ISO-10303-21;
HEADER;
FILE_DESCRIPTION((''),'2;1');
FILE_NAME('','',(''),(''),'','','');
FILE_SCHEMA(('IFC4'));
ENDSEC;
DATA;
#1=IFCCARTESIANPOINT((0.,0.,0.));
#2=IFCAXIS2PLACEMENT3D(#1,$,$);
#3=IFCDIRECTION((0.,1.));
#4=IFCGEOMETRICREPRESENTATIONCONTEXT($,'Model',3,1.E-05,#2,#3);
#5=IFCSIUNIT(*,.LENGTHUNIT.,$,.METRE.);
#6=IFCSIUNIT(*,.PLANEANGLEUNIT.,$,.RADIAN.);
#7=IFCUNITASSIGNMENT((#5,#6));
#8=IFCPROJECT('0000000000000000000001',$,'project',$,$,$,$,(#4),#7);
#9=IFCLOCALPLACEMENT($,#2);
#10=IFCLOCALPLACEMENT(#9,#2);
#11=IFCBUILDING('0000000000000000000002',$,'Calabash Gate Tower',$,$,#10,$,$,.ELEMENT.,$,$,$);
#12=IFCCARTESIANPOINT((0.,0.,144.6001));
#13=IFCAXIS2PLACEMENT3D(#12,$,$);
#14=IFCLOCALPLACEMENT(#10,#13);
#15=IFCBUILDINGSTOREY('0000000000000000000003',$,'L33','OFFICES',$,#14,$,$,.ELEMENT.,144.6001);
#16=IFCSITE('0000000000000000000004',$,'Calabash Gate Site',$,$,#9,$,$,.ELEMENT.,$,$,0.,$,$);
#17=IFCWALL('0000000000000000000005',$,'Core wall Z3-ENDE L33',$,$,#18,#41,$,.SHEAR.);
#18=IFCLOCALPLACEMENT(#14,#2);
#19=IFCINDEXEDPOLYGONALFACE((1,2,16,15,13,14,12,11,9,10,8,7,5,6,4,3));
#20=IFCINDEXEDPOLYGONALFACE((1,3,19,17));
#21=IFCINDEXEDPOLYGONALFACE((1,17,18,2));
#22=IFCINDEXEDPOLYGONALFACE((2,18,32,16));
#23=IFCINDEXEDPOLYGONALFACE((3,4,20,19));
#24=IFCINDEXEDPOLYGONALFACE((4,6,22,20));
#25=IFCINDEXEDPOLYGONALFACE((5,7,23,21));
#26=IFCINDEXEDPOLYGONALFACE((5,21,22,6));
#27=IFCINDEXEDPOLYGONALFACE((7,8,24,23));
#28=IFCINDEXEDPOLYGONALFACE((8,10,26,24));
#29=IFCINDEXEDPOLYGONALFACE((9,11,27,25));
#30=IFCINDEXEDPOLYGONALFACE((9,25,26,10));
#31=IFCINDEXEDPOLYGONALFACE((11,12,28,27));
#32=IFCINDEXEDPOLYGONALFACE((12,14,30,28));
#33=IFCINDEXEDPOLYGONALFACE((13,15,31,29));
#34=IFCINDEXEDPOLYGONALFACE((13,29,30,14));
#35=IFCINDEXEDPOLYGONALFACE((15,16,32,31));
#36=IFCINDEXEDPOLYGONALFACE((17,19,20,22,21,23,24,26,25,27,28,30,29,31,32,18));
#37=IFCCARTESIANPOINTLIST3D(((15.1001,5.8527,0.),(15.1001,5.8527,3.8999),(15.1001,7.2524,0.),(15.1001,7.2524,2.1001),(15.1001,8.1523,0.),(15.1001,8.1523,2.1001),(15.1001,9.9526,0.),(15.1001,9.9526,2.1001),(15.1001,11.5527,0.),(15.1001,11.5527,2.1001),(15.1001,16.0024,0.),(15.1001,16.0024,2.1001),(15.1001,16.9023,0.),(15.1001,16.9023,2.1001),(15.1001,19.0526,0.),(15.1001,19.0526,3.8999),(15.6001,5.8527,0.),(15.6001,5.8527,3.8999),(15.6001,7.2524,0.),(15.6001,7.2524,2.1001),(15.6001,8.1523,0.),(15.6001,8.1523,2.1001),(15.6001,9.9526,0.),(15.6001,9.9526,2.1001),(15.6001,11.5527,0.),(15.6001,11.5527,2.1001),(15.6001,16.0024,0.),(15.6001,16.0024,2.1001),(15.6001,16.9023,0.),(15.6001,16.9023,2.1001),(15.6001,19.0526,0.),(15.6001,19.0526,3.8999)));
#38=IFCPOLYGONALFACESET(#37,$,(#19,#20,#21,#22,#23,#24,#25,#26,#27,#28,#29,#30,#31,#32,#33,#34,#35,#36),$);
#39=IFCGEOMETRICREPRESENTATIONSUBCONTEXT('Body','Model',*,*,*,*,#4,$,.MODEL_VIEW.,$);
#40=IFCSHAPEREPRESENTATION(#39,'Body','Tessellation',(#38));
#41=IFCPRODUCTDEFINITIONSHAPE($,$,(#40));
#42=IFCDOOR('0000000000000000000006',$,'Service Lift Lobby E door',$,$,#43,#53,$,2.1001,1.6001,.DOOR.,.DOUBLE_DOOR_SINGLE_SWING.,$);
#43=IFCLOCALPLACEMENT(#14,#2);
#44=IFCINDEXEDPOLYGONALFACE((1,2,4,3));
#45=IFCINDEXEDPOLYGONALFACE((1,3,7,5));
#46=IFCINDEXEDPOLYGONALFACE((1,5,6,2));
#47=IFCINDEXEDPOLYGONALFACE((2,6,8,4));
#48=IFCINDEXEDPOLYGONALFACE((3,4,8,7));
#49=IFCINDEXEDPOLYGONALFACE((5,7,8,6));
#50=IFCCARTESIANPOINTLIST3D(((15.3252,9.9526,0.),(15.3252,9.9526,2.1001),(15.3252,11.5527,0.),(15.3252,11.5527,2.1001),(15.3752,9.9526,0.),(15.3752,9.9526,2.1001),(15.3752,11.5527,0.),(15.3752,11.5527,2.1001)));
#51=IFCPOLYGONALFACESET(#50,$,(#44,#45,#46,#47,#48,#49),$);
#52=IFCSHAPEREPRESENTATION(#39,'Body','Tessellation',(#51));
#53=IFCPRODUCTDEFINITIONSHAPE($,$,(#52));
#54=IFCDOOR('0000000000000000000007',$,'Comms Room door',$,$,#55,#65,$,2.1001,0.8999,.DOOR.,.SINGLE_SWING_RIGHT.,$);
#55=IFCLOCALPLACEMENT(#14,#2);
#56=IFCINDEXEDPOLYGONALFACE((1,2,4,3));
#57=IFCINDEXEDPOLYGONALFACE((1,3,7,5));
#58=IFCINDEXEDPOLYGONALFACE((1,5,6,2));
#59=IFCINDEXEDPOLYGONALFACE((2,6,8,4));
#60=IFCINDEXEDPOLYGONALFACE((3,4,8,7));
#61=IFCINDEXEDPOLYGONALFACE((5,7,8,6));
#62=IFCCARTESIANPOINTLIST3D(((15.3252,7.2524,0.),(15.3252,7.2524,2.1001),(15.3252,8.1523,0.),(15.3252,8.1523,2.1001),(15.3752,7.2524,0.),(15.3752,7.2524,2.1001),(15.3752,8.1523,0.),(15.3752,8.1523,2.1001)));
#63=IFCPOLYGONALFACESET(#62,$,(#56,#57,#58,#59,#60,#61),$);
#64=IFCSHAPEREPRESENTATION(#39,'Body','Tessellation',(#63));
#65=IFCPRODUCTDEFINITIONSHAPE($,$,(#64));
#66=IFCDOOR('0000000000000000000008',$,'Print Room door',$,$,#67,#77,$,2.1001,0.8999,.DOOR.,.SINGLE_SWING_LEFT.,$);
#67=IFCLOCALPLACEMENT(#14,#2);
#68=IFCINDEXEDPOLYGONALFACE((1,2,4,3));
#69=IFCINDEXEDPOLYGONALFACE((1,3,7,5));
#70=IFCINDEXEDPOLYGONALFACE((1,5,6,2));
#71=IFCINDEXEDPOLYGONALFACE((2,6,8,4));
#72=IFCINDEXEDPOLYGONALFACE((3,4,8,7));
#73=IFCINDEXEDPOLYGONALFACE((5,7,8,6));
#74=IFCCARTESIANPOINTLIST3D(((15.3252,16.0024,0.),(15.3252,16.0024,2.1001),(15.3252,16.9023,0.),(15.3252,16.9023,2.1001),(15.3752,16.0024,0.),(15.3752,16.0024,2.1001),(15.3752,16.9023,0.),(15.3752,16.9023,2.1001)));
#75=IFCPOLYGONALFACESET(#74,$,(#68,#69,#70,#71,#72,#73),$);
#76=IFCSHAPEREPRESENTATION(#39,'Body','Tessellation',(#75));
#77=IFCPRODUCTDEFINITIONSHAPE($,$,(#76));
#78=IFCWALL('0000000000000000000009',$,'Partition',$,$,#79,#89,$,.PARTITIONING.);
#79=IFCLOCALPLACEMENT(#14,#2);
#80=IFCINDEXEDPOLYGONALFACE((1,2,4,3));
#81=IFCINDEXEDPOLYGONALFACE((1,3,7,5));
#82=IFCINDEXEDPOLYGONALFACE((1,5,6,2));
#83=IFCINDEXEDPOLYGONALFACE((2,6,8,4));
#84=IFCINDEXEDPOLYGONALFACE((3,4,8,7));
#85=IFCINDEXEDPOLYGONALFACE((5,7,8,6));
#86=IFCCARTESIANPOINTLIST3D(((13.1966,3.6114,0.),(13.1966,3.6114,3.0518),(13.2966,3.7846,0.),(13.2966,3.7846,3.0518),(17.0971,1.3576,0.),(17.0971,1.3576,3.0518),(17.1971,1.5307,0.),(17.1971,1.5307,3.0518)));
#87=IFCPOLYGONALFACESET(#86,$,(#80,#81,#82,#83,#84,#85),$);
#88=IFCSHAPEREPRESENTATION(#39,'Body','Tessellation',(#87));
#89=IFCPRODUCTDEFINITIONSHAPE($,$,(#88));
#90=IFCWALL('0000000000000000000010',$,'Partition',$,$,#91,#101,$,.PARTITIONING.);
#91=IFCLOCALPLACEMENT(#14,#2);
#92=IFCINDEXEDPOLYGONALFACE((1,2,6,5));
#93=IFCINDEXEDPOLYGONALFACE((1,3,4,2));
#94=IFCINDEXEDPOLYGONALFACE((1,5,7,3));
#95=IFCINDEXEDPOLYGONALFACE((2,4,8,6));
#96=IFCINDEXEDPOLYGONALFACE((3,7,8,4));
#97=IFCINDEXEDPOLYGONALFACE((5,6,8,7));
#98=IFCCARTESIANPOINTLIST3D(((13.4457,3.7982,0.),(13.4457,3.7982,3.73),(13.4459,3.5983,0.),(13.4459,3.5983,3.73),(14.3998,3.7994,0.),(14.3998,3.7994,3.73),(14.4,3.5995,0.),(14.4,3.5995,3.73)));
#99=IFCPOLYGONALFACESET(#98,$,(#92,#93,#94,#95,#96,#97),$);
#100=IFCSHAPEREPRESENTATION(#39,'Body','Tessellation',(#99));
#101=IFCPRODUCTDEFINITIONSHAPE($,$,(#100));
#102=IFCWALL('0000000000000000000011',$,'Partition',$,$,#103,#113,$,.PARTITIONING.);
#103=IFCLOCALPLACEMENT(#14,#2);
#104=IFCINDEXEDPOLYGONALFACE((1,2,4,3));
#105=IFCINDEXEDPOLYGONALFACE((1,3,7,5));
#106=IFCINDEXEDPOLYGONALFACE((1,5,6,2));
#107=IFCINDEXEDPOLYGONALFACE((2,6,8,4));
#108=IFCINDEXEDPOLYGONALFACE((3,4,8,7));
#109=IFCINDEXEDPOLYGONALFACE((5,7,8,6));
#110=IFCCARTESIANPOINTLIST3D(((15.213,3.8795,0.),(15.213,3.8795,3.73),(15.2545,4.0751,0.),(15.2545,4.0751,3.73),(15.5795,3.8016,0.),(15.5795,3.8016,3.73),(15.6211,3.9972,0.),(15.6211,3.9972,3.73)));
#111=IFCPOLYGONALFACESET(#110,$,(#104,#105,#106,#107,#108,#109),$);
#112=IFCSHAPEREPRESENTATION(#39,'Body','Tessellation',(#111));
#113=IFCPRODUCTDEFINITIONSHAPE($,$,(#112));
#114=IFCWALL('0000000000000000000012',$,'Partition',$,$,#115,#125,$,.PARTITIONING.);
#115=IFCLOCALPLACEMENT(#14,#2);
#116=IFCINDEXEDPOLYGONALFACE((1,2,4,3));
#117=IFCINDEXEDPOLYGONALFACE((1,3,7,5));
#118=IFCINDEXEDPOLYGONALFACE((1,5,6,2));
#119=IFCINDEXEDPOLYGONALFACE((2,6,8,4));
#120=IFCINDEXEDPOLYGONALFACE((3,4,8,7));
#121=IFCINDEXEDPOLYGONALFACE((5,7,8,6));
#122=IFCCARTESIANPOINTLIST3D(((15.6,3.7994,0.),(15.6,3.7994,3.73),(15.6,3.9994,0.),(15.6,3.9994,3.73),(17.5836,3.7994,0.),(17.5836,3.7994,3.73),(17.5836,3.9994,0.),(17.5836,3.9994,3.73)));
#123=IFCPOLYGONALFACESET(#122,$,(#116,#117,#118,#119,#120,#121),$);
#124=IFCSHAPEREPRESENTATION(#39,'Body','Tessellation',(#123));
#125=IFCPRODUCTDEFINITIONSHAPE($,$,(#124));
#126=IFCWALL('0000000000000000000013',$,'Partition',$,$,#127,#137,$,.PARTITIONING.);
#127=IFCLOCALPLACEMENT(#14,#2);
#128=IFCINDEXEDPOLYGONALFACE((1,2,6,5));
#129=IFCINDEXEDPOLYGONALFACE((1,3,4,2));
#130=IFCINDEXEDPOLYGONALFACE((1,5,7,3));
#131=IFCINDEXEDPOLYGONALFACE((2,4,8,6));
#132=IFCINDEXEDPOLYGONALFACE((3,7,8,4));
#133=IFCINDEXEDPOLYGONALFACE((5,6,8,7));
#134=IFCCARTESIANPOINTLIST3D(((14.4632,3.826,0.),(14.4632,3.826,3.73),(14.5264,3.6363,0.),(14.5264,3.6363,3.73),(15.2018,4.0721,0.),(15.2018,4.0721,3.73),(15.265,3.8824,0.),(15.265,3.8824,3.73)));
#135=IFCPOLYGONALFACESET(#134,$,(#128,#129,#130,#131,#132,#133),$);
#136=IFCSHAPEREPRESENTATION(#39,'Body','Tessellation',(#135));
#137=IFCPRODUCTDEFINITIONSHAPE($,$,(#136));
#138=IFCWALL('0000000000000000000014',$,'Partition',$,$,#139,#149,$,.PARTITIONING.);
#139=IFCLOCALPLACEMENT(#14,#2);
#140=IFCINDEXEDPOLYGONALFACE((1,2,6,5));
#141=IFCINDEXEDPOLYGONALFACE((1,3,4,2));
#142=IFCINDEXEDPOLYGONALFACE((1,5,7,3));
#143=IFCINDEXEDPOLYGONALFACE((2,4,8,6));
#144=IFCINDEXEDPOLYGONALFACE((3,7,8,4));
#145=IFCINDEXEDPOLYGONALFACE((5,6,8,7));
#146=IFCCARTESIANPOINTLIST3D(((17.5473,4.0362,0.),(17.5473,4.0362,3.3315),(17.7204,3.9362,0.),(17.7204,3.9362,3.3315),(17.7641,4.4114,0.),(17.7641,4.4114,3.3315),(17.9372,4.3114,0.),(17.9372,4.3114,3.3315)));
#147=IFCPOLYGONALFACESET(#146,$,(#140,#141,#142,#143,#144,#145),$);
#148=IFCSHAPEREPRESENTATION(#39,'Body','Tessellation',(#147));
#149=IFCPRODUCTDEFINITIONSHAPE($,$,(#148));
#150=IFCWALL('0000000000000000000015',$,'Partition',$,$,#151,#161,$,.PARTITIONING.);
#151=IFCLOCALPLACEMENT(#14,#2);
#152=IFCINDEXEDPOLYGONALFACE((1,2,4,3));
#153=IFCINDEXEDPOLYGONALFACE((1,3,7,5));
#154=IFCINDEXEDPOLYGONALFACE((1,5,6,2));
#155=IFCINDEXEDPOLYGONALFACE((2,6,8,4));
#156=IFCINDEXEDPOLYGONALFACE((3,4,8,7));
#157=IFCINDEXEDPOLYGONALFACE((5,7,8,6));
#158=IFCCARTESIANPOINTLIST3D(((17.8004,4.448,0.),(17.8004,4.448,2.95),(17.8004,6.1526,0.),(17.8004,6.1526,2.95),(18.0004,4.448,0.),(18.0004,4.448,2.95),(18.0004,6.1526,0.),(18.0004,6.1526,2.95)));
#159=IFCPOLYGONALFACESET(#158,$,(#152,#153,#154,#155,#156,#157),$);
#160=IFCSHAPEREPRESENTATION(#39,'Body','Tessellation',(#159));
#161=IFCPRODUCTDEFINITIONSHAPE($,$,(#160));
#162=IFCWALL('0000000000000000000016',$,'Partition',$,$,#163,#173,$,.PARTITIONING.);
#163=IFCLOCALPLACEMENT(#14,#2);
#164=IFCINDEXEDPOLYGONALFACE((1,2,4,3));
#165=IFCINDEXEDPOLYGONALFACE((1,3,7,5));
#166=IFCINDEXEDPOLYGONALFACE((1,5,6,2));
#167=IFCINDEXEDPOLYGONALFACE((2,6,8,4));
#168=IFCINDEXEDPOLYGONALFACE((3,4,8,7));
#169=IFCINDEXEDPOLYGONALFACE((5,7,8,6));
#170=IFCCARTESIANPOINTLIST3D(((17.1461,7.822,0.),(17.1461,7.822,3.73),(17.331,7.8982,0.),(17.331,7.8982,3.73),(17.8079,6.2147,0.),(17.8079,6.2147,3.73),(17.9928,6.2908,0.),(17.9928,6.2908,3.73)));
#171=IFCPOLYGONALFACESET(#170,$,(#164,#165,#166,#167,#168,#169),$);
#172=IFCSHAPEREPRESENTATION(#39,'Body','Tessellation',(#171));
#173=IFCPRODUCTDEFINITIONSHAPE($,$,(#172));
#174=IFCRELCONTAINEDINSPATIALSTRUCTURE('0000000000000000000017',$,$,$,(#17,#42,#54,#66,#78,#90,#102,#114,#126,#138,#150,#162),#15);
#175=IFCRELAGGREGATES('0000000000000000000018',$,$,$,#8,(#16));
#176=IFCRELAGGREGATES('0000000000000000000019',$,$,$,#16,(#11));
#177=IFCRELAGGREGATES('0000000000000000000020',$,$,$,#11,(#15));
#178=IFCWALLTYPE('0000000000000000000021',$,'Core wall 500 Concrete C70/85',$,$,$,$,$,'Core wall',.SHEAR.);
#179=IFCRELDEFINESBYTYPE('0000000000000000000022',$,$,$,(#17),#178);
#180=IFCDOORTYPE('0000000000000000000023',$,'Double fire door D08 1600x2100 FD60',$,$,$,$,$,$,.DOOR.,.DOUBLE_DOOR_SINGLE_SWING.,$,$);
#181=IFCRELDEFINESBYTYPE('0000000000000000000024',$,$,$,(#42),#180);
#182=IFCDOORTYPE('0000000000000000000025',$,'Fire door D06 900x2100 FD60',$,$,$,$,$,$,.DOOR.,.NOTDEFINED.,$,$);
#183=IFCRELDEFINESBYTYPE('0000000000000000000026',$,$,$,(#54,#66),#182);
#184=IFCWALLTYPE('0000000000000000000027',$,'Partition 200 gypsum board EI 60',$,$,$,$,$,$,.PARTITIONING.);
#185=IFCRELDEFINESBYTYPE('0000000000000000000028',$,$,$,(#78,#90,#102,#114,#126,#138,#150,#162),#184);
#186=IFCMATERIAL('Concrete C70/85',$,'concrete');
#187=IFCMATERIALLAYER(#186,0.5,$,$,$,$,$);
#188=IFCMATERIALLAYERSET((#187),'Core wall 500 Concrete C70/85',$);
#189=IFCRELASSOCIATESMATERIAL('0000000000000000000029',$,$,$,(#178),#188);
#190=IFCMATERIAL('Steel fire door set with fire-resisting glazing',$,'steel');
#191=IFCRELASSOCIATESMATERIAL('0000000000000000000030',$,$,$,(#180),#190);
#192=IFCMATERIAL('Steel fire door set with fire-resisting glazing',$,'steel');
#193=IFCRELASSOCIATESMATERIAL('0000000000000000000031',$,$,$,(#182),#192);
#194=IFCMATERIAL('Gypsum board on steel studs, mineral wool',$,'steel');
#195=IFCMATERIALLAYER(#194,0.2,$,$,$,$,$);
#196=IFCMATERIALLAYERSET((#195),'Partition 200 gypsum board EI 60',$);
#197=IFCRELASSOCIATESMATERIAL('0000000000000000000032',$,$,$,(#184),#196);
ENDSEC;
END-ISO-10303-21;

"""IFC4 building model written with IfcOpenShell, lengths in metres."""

from ifc_helpers import new_model, si_unit, direction, frame, frame_2d, origin, place, context, subcontext, project, spatial, rectangle, extrude, material, layer, layer_set, type_object, element, fill, save


model = new_model("IFC4")

# Units and contexts
model_context = context("Model", 3, precision=1e-05, world=origin(), true_north=direction((0.0, 1.0)))
body_context = subcontext(model_context, "Body", "Model", "MODEL_VIEW")
ifc_project = project(units=[si_unit("LENGTHUNIT", "METRE"), si_unit("PLANEANGLEUNIT", "RADIAN")], contexts=[model_context])

# Site, building, storey
site_placement = place(None, origin())
site = spatial("IfcSite", under=ifc_project, at=site_placement, Name="Calabash Gate Site", CompositionType="ELEMENT", RefElevation=0.0)
building_placement = place(site_placement, origin())
building = spatial("IfcBuilding", under=site, at=building_placement, Name="Calabash Gate Tower", CompositionType="ELEMENT")
storey_placement = place(building_placement, frame((0.0, 0.0, 144.6001)))
storey = spatial("IfcBuildingStorey", under=building, at=storey_placement, Name="L33", Description="OFFICES", CompositionType="ELEMENT", Elevation=144.6001)

# Wall, openings, doors
ifc_material_1 = material(Name="Concrete C70/85", Category="concrete")
ifc_layer_1 = layer(ifc_material_1, 0.5)
ifc_layer_set_1 = layer_set([ifc_layer_1], Name="Core wall 500 Concrete C70/85")
wall_type_1 = type_object("IfcWallType", Name="Core wall 500 Concrete C70/85", ElementType="Core wall", PredefinedType="SHEAR", material=ifc_layer_set_1)
wall_1_placement = place(storey_placement, frame((15.3501, 5.8525, 0.0), z_axis=(0.0, 0.0, 1.0), x_axis=(0.0, 1.0, 0.0)))
wall_1 = element("IfcWall", 1, at=wall_1_placement, inside=storey, type_object=wall_type_1, Name="Core wall Z3-ENDE L33", PredefinedType="SHEAR", context=body_context, shape_type="SweptSolid", body=[
    extrude(rectangle(XDim=13.2, YDim=0.5, at=frame_2d((6.6001, 0.0))), origin(), (0.0, 0.0, 1.0), 3.8999),
])
opening_1_placement = place(wall_1_placement, frame((4.1001, 0.0, 0.0)))
opening_1 = element("IfcOpeningElement", 2, at=opening_1_placement, cuts=wall_1, PredefinedType="OPENING", context=body_context, shape_type="SweptSolid", body=[
    extrude(rectangle(XDim=1.6001, YDim=2.1001, at=frame_2d((0.8, 1.05))), frame((0.0, 0.26, 0.0), z_axis=(0.0, -1.0, 0.0), x_axis=(1.0, 0.0, 0.0)), (0.0, 0.0, 1.0), 0.52),
])
opening_2_placement = place(wall_1_placement, frame((1.3999, 0.0, 0.0)))
opening_2 = element("IfcOpeningElement", 3, at=opening_2_placement, cuts=wall_1, PredefinedType="OPENING", context=body_context, shape_type="SweptSolid", body=[
    extrude(rectangle(XDim=0.8999, YDim=2.1001, at=frame_2d((0.45, 1.05))), frame((0.0, 0.26, 0.0), z_axis=(0.0, -1.0, 0.0), x_axis=(1.0, 0.0, 0.0)), (0.0, 0.0, 1.0), 0.52),
])
opening_3_placement = place(wall_1_placement, frame((10.1499, 0.0, 0.0)))
opening_3 = element("IfcOpeningElement", 4, at=opening_3_placement, cuts=wall_1, PredefinedType="OPENING", context=body_context, shape_type="SweptSolid", body=[
    extrude(rectangle(XDim=0.8999, YDim=2.1001, at=frame_2d((0.45, 1.05))), frame((0.0, 0.26, 0.0), z_axis=(0.0, -1.0, 0.0), x_axis=(1.0, 0.0, 0.0)), (0.0, 0.0, 1.0), 0.52),
])
ifc_material_2 = material(Name="Steel fire door set with fire-resisting glazing", Category="steel")
door_type_1 = type_object("IfcDoorType", Name="Double fire door D08 1600x2100 FD60", OperationType="DOUBLE_DOOR_SINGLE_SWING", PredefinedType="DOOR", material=ifc_material_2)
door_1_placement = place(opening_1_placement, origin())
door_1 = element("IfcDoor", 5, at=door_1_placement, inside=storey, type_object=door_type_1, Name="Service Lift Lobby E door", OperationType="DOUBLE_DOOR_SINGLE_SWING", OverallHeight=2.1001, OverallWidth=1.6001, PredefinedType="DOOR", context=body_context, shape_type="SweptSolid", body=[
    extrude(rectangle(XDim=1.6001, YDim=2.1001, at=frame_2d((0.8, 1.05))), frame((0.0, 0.0249, 0.0), z_axis=(0.0, -1.0, 0.0), x_axis=(1.0, 0.0, 0.0)), (0.0, 0.0, 1.0), 0.05),
])
fill(opening_1, door_1)
ifc_material_3 = material(Name="Steel fire door set with fire-resisting glazing", Category="steel")
door_type_2 = type_object("IfcDoorType", Name="Fire door D06 900x2100 FD60", OperationType="NOTDEFINED", PredefinedType="DOOR", material=ifc_material_3)
door_2_placement = place(opening_2_placement, origin())
door_2 = element("IfcDoor", 6, at=door_2_placement, inside=storey, type_object=door_type_2, Name="Comms Room door", OperationType="SINGLE_SWING_RIGHT", OverallHeight=2.1001, OverallWidth=0.8999, PredefinedType="DOOR", context=body_context, shape_type="SweptSolid", body=[
    extrude(rectangle(XDim=0.8999, YDim=2.1001, at=frame_2d((0.45, 1.05))), frame((0.0, 0.0249, 0.0), z_axis=(0.0, -1.0, 0.0), x_axis=(1.0, 0.0, 0.0)), (0.0, 0.0, 1.0), 0.05),
])
fill(opening_2, door_2)
door_3_placement = place(opening_3_placement, origin())
door_3 = element("IfcDoor", 7, at=door_3_placement, inside=storey, type_object=door_type_2, Name="Print Room door", OperationType="SINGLE_SWING_LEFT", OverallHeight=2.1001, OverallWidth=0.8999, PredefinedType="DOOR", context=body_context, shape_type="SweptSolid", body=[
    extrude(rectangle(XDim=0.8999, YDim=2.1001, at=frame_2d((0.45, 1.05))), frame((0.0, 0.0249, 0.0), z_axis=(0.0, -1.0, 0.0), x_axis=(1.0, 0.0, 0.0)), (0.0, 0.0, 1.0), 0.05),
])
fill(opening_3, door_3)

# Walls
ifc_material_4 = material(Name="Gypsum board on steel studs, mineral wool", Category="steel")
ifc_layer_2 = layer(ifc_material_4, 0.2)
ifc_layer_set_2 = layer_set([ifc_layer_2], Name="Partition 200 gypsum board EI 60")
wall_type_2 = type_object("IfcWallType", Name="Partition 200 gypsum board EI 60", PredefinedType="PARTITIONING", material=ifc_layer_set_2)
wall_2_placement = place(storey_placement, frame((13.2466, 3.698, 0.0), z_axis=(0.0, 0.0, 1.0), x_axis=(0.865845, -0.500312, 0.0)))
element("IfcWall", 8, at=wall_2_placement, inside=storey, type_object=wall_type_2, Name="Partition", PredefinedType="PARTITIONING", context=body_context, shape_type="SweptSolid", body=[
    extrude(rectangle(XDim=4.5049, YDim=0.2, at=frame_2d((2.2524, 0.0))), origin(), (0.0, 0.0, 1.0), 3.0518),
])
wall_3_placement = place(storey_placement, frame((13.4458, 3.6982, 0.0), z_axis=(0.0, 0.0, 1.0), x_axis=(0.999999, 0.001279, 0.0)))
element("IfcWall", 9, at=wall_3_placement, inside=storey, type_object=wall_type_2, Name="Partition", PredefinedType="PARTITIONING", context=body_context, shape_type="SweptSolid", body=[
    extrude(rectangle(XDim=0.9541, YDim=0.2, at=frame_2d((0.4771, 0.0))), origin(), (0.0, 0.0, 1.0), 3.73),
])
wall_4_placement = place(storey_placement, frame((15.2336, 3.9773, 0.0), z_axis=(0.0, 0.0, 1.0), x_axis=(0.978154, -0.207882, 0.0)))
element("IfcWall", 10, at=wall_4_placement, inside=storey, type_object=wall_type_2, Name="Partition", PredefinedType="PARTITIONING", context=body_context, shape_type="SweptSolid", body=[
    extrude(rectangle(XDim=0.3748, YDim=0.2, at=frame_2d((0.1875, 0.0))), origin(), (0.0, 0.0, 1.0), 3.73),
])
wall_5_placement = place(storey_placement, frame((15.6001, 3.8994, 0.0), z_axis=(0.0, 0.0, 1.0), x_axis=(1.0, 0.0, 0.0)))
element("IfcWall", 11, at=wall_5_placement, inside=storey, type_object=wall_type_2, Name="Partition", PredefinedType="PARTITIONING", context=body_context, shape_type="SweptSolid", body=[
    extrude(rectangle(XDim=1.9836, YDim=0.2, at=frame_2d((0.9917, 0.0))), origin(), (0.0, 0.0, 1.0), 3.73),
])
wall_6_placement = place(storey_placement, frame((14.4949, 3.7312, 0.0), z_axis=(0.0, 0.0, 1.0), x_axis=(0.948746, 0.31604, 0.0)))
element("IfcWall", 12, at=wall_6_placement, inside=storey, type_object=wall_type_2, Name="Partition", PredefinedType="PARTITIONING", context=body_context, shape_type="SweptSolid", body=[
    extrude(rectangle(XDim=0.7786, YDim=0.2, at=frame_2d((0.3892, 0.0))), origin(), (0.0, 0.0, 1.0), 3.73),
])
wall_7_placement = place(storey_placement, frame((17.6338, 3.9861, 0.0), z_axis=(0.0, 0.0, 1.0), x_axis=(0.500259, 0.865876, 0.0)))
element("IfcWall", 13, at=wall_7_placement, inside=storey, type_object=wall_type_2, Name="Partition", PredefinedType="PARTITIONING", context=body_context, shape_type="SweptSolid", body=[
    extrude(rectangle(XDim=0.4333, YDim=0.2, at=frame_2d((0.2168, 0.0))), origin(), (0.0, 0.0, 1.0), 3.3315),
])
wall_8_placement = place(storey_placement, frame((17.9004, 4.448, 0.0), z_axis=(0.0, 0.0, 1.0), x_axis=(0.0, 1.0, 0.0)))
element("IfcWall", 14, at=wall_8_placement, inside=storey, type_object=wall_type_2, Name="Partition", PredefinedType="PARTITIONING", context=body_context, shape_type="SweptSolid", body=[
    extrude(rectangle(XDim=1.7046, YDim=0.2, at=frame_2d((0.8523, 0.0))), origin(), (0.0, 0.0, 1.0), 2.95),
])
wall_9_placement = place(storey_placement, frame((17.2385, 7.8601, 0.0), z_axis=(0.0, 0.0, 1.0), x_axis=(0.380743, -0.924681, 0.0)))
element("IfcWall", 15, at=wall_9_placement, inside=storey, type_object=wall_type_2, Name="Partition", PredefinedType="PARTITIONING", context=body_context, shape_type="SweptSolid", body=[
    extrude(rectangle(XDim=1.7383, YDim=0.2, at=frame_2d((0.8691, 0.0))), origin(), (0.0, 0.0, 1.0), 3.73),
])

save(model, "model.ifc")
